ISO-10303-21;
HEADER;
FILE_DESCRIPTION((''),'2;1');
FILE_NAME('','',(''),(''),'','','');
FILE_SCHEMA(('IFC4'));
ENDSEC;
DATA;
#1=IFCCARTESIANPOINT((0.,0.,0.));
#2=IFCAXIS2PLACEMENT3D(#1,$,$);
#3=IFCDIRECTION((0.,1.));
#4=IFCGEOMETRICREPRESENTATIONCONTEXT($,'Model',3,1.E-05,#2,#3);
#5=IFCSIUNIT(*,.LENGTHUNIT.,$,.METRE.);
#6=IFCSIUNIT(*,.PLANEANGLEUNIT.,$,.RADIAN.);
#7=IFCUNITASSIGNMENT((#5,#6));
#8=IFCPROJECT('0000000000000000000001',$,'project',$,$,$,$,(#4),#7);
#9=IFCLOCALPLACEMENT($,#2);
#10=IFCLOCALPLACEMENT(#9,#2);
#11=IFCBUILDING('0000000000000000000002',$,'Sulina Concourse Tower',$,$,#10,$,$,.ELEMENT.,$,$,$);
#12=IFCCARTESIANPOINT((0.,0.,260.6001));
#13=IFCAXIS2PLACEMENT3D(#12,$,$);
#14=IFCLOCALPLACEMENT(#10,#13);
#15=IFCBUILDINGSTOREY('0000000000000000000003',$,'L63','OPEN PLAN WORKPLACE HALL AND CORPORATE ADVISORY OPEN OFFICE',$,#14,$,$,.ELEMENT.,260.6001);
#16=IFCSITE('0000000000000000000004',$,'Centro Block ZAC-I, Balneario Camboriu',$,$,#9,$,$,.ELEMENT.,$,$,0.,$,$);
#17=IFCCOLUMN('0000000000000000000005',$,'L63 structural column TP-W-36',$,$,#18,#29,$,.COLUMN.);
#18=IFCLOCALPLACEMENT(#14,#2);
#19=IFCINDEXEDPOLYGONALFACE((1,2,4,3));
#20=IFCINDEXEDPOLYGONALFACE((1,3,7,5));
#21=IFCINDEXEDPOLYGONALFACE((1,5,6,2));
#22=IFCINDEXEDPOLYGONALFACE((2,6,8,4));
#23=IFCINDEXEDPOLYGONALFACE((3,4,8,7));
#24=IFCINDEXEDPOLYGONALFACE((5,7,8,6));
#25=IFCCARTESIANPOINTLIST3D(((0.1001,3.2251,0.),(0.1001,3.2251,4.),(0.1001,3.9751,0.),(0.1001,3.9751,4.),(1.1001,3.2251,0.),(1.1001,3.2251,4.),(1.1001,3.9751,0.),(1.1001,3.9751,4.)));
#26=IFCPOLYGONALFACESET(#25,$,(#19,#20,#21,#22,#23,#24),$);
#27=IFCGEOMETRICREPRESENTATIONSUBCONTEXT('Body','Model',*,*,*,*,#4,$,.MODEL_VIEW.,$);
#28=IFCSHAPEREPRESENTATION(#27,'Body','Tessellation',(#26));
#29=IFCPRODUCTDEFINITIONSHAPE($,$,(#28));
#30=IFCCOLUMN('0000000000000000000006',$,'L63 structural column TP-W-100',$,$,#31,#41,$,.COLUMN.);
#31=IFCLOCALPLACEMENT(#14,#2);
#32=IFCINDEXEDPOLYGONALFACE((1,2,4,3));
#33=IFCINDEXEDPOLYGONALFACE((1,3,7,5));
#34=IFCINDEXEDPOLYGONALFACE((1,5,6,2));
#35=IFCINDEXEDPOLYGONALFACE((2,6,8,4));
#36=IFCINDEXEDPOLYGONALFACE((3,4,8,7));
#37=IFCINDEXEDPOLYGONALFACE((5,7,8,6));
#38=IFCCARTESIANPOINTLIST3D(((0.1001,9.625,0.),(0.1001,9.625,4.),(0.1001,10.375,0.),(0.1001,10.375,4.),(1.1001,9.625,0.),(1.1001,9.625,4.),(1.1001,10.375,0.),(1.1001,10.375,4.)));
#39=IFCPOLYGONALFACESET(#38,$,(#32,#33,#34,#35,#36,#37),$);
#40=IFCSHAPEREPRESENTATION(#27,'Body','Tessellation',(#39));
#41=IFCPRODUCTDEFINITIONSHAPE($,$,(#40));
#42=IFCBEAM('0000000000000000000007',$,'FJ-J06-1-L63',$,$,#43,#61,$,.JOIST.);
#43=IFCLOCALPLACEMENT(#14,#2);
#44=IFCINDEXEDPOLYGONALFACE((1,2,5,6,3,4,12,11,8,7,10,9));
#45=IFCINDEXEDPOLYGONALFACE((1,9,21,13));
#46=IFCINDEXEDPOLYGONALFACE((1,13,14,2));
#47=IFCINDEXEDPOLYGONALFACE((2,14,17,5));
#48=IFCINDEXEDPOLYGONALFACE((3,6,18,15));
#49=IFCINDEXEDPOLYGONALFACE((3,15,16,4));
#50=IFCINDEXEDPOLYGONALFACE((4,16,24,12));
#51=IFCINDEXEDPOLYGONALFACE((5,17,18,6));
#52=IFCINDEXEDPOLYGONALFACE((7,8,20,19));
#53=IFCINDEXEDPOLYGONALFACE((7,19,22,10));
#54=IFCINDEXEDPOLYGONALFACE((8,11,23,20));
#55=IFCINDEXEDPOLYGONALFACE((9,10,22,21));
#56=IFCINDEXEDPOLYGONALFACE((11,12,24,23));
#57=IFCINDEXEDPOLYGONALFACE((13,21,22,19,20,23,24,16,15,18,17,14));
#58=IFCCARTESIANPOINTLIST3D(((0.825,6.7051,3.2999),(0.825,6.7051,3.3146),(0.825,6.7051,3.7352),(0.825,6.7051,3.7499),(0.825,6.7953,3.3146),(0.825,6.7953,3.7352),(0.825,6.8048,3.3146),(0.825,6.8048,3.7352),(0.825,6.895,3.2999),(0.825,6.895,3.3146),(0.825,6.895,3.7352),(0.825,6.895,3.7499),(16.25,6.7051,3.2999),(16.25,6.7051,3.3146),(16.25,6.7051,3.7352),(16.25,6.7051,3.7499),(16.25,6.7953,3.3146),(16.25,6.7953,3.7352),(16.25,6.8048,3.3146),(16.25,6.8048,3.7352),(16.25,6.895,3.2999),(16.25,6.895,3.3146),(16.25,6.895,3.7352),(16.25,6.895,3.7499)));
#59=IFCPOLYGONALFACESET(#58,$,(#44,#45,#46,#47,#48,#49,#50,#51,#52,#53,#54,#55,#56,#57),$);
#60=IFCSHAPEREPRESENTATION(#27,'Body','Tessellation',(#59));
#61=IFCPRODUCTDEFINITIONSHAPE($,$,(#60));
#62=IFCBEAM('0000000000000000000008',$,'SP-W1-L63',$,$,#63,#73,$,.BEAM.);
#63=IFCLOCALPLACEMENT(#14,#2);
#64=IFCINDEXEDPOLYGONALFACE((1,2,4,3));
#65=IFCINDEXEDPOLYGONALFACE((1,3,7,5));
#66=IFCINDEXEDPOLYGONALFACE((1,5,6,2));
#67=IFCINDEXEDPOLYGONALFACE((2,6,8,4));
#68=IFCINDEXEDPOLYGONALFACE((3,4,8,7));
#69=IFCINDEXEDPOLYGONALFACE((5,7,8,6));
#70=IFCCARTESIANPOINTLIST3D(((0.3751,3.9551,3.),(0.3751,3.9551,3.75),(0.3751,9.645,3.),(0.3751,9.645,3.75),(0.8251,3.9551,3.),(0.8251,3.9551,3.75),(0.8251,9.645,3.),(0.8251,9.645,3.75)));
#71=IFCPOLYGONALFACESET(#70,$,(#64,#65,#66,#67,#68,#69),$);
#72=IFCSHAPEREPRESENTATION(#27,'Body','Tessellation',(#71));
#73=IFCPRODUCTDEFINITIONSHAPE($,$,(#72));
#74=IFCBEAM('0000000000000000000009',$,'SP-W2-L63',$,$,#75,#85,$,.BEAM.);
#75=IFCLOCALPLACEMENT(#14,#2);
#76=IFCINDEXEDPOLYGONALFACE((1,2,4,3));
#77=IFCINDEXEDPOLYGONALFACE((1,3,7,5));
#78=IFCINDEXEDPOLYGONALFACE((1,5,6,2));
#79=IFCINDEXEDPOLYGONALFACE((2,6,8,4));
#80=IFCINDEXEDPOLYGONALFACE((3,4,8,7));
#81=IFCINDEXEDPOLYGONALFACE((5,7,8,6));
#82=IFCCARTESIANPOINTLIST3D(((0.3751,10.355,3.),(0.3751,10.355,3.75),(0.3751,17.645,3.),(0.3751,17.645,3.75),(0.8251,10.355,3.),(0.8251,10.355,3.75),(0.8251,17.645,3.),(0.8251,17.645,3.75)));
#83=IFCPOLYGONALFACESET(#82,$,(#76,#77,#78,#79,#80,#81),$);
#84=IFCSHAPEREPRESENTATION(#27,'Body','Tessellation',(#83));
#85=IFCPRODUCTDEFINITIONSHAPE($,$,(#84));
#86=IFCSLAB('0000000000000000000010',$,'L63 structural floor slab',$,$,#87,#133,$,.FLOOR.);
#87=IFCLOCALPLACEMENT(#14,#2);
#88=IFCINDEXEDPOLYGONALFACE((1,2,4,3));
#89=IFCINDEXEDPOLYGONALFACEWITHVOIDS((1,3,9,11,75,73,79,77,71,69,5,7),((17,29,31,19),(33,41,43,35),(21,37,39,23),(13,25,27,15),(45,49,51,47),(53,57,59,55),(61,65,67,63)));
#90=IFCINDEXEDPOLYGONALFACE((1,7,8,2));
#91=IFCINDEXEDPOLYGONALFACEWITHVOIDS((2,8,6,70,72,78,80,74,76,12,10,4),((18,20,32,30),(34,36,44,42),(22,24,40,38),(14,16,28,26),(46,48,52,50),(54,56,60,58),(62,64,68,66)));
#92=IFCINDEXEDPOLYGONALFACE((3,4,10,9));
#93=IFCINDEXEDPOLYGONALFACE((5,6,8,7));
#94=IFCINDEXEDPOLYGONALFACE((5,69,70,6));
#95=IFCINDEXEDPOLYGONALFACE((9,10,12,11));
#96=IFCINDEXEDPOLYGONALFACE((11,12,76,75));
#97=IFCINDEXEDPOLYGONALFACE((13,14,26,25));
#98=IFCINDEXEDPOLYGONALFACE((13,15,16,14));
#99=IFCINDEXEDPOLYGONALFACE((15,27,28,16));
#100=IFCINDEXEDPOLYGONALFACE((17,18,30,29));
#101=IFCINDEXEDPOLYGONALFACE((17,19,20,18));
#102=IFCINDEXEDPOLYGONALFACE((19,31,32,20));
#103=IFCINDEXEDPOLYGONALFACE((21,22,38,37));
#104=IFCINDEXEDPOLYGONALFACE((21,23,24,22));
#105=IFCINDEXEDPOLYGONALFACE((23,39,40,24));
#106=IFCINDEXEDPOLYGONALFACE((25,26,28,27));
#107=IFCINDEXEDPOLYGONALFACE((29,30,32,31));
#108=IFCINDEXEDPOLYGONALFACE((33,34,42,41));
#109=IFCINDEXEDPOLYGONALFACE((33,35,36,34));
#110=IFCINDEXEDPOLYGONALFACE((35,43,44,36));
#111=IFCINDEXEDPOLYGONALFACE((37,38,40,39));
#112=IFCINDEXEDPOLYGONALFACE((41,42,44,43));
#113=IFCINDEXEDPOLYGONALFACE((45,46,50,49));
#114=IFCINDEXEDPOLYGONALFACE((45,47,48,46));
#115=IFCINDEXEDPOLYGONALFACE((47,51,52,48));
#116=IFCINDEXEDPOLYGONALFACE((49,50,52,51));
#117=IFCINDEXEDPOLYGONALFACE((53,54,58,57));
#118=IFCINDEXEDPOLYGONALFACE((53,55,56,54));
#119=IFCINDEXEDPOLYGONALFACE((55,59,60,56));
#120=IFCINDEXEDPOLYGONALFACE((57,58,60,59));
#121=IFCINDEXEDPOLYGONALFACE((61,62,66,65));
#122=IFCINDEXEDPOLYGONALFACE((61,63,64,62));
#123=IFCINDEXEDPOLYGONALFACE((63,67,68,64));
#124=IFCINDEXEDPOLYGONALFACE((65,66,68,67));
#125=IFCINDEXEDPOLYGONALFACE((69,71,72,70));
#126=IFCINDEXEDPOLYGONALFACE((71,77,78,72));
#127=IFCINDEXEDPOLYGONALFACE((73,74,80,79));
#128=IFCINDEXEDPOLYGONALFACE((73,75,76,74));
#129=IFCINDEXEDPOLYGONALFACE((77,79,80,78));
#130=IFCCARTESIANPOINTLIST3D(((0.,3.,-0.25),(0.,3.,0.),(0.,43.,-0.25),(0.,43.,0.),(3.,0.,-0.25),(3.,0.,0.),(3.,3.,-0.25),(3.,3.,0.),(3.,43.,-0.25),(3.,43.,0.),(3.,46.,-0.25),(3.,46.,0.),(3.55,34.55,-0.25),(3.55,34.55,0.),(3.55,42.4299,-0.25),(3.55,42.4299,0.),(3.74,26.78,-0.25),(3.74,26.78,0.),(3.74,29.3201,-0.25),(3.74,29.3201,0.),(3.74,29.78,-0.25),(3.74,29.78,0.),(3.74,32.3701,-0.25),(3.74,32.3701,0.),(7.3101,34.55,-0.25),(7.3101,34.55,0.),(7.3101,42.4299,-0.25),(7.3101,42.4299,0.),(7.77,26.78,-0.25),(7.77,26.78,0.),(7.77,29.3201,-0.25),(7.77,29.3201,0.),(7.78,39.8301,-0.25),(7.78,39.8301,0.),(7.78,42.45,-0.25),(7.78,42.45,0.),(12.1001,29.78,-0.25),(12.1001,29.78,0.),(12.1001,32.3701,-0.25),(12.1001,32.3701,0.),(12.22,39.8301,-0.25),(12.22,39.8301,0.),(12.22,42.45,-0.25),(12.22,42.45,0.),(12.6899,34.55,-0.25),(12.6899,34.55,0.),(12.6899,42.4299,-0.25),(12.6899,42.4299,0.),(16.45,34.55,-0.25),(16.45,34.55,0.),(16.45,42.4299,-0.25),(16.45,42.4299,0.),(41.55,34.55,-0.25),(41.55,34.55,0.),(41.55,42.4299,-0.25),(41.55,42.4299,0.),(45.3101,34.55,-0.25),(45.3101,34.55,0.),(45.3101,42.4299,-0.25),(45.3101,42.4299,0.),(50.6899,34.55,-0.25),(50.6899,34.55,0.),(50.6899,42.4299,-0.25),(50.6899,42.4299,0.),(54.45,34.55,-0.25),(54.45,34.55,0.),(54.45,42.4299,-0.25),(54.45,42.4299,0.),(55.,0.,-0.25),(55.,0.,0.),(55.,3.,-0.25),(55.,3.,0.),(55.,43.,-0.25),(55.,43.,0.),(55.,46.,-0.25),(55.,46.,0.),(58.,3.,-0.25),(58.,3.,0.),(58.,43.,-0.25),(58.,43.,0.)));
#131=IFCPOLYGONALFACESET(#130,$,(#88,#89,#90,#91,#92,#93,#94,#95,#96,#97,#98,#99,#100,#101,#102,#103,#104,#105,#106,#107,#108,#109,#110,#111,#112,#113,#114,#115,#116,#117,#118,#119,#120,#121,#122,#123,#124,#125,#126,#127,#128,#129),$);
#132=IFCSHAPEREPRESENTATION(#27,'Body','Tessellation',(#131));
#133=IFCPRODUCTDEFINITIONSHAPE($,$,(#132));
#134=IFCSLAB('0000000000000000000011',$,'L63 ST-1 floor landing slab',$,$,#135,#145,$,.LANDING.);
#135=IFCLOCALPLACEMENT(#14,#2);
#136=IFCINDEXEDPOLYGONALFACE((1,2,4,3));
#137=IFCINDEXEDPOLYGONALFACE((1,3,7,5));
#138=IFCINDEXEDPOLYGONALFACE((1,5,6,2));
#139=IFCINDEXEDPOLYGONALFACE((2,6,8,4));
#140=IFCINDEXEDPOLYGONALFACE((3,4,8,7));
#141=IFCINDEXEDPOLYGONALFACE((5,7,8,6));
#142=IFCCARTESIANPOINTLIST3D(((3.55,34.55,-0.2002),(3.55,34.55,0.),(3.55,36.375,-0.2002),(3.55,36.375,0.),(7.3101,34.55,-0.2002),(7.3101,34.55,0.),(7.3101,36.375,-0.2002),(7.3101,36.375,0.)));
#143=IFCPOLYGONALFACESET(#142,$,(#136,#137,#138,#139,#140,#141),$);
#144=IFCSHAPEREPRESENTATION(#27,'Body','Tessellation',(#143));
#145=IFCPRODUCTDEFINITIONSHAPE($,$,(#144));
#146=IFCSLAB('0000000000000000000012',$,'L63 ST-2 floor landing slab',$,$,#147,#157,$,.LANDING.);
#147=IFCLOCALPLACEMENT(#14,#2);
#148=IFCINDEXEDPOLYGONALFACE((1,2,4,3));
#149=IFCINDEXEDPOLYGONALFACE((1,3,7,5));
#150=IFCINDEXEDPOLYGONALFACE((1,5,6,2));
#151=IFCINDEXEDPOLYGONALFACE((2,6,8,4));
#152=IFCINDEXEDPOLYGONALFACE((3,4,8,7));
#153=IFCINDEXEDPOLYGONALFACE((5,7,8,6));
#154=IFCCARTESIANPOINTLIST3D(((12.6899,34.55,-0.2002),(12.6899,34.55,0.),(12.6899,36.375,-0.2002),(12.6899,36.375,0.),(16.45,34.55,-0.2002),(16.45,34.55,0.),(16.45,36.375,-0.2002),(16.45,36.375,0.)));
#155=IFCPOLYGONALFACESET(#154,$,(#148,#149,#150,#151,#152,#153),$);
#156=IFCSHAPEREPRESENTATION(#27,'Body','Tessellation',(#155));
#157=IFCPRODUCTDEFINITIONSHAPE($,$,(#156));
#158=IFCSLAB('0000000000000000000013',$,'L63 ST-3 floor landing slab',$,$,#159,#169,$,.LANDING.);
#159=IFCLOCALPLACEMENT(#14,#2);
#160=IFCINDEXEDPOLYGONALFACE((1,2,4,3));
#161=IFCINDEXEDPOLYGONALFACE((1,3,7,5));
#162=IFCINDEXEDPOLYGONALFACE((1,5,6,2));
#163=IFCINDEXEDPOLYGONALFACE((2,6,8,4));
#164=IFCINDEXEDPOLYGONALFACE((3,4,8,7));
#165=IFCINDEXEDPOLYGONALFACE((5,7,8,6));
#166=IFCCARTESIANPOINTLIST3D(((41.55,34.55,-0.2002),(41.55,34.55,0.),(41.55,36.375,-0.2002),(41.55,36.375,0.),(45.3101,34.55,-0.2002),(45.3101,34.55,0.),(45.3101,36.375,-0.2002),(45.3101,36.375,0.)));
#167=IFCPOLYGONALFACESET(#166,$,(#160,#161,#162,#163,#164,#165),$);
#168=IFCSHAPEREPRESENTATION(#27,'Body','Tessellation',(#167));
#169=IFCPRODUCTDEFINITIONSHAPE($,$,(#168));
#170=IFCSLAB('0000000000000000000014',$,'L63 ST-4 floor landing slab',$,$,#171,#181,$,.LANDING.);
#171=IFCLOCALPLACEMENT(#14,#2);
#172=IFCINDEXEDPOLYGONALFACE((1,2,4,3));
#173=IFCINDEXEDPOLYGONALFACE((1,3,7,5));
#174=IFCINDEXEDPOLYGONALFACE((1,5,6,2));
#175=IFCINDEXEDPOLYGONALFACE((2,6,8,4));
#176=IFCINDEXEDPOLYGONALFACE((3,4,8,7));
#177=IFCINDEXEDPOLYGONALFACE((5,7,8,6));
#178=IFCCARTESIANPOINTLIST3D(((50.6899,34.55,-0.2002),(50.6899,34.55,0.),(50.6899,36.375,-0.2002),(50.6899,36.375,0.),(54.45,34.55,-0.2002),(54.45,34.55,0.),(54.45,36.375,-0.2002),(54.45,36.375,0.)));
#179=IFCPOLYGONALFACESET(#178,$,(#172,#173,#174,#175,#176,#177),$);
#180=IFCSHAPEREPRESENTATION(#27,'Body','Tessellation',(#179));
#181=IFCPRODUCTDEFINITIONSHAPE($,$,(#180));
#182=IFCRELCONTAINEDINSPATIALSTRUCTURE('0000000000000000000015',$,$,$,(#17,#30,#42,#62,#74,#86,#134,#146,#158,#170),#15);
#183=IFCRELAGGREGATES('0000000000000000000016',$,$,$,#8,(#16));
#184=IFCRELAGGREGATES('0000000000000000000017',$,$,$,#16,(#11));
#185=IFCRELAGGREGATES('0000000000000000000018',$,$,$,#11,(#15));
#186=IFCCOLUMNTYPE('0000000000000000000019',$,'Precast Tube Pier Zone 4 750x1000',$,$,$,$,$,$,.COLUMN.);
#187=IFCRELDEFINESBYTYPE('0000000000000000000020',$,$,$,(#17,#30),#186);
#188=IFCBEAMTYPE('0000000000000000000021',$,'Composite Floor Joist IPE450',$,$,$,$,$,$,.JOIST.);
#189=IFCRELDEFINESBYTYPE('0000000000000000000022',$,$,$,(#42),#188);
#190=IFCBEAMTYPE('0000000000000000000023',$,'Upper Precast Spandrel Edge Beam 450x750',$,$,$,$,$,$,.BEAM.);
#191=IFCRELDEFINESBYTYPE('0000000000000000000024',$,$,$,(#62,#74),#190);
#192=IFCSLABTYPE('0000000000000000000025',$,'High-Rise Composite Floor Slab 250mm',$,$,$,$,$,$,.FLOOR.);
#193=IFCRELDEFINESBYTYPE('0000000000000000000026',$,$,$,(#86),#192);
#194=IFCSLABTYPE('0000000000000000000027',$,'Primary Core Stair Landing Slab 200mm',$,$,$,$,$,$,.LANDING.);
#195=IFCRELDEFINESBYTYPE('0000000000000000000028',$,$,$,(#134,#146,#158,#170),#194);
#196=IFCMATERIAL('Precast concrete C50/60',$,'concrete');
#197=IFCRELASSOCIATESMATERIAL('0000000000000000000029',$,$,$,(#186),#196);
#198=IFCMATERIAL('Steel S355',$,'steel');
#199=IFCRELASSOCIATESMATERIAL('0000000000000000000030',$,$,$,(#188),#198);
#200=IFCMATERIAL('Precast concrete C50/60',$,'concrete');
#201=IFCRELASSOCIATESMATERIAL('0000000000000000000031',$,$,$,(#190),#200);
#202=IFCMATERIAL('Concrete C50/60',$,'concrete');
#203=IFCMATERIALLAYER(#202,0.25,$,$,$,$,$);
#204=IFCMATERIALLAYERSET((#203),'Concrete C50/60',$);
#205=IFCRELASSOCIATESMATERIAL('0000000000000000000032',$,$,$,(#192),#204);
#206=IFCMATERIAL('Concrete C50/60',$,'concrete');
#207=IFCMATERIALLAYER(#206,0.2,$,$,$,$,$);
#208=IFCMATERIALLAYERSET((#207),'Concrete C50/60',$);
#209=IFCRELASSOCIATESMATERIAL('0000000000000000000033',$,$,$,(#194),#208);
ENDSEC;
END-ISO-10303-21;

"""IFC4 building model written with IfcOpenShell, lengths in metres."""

from ifc_helpers import new_model, si_unit, direction, frame, origin, origin_2d, place, context, subcontext, project, spatial, polyline, rectangle, i_section, outline, extrude, material, layer, layer_set, material_profile, profile_set, type_object, element, save


model = new_model("IFC4")

# Units and contexts
model_context = context("Model", 3, precision=1e-05, world=origin(), true_north=direction((0.0, 1.0)))
body_context = subcontext(model_context, "Body", "Model", "MODEL_VIEW")
ifc_project = project(units=[si_unit("LENGTHUNIT", "METRE"), si_unit("PLANEANGLEUNIT", "RADIAN")], contexts=[model_context])

# Site, building, storey
site_placement = place(None, origin())
site = spatial("IfcSite", under=ifc_project, at=site_placement, Name="Centro Block ZAC-I, Balneario Camboriu", CompositionType="ELEMENT", RefElevation=0.0)
building_placement = place(site_placement, origin())
building = spatial("IfcBuilding", under=site, at=building_placement, Name="Sulina Concourse Tower", CompositionType="ELEMENT")
storey_placement = place(building_placement, frame((0.0, 0.0, 260.6001)))
storey = spatial("IfcBuildingStorey", under=building, at=storey_placement, Name="L63", Description="OPEN PLAN WORKPLACE HALL AND CORPORATE ADVISORY OPEN OFFICE", CompositionType="ELEMENT", Elevation=260.6001)

# Columns
ifc_material_1 = material(Name="Precast concrete C50/60", Category="concrete")
ifc_material_profile_1 = material_profile(ifc_material_1, rectangle(XDim=0.75, YDim=1.0, at=origin_2d()), Name="PC 750x1000")
ifc_profile_set_1 = profile_set([ifc_material_profile_1], Name="Precast concrete C50/60")
column_type = type_object("IfcColumnType", Name="Precast Tube Pier Zone 4 750x1000", PredefinedType="COLUMN", material=ifc_profile_set_1)
for number, where, z_axis, x_axis, name in (
    (1, (0.6001, 3.6001, 0.0), (0.0, 0.0, 1.0), (0.0, 1.0, 0.0), "L63 structural column TP-W-36"),
    (2, (0.6001, 10.0, 0.0), (0.0, 0.0, 1.0), (0.0, 1.0, 0.0), "L63 structural column TP-W-100"),
):
    element("IfcColumn", number, at=place(storey_placement, frame(where, z_axis=z_axis, x_axis=x_axis)), inside=storey, type_object=column_type, Name=name, PredefinedType="COLUMN", context=body_context, shape_type="SweptSolid", body=[
        extrude(rectangle(XDim=0.75, YDim=1.0, at=origin_2d()), origin(), (0.0, 0.0, 1.0), 4.0),
    ])

# Beams
ifc_material_2 = material(Name="Steel S355", Category="steel")
ifc_material_profile_2 = material_profile(ifc_material_2, i_section(OverallWidth=0.1899, OverallDepth=0.45, WebThickness=0.0095, FlangeThickness=0.0146, at=origin_2d()), Name="IPE 450")
ifc_profile_set_2 = profile_set([ifc_material_profile_2], Name="Steel S355")
beam_type_1 = type_object("IfcBeamType", Name="Composite Floor Joist IPE450", PredefinedType="JOIST", material=ifc_profile_set_2)
beam_1_placement = place(storey_placement, frame((0.825, 6.8, 3.5249), z_axis=(1.0, 0.0, 0.0), x_axis=(0.0, 1.0, 0.0)))
element("IfcBeam", 3, at=beam_1_placement, inside=storey, type_object=beam_type_1, Name="FJ-J06-1-L63", PredefinedType="JOIST", context=body_context, shape_type="SweptSolid", body=[
    extrude(i_section(OverallWidth=0.1899, OverallDepth=0.45, WebThickness=0.0095, FlangeThickness=0.0146, at=origin_2d()), origin(), (0.0, 0.0, 1.0), 15.425),
])
ifc_material_3 = material(Name="Precast concrete C50/60", Category="concrete")
ifc_material_profile_3 = material_profile(ifc_material_3, rectangle(XDim=0.45, YDim=0.75, at=origin_2d()), Name="RC 450x750")
ifc_profile_set_3 = profile_set([ifc_material_profile_3], Name="Precast concrete C50/60")
beam_type_2 = type_object("IfcBeamType", Name="Upper Precast Spandrel Edge Beam 450x750", PredefinedType="BEAM", material=ifc_profile_set_3)
beam_2_placement = place(storey_placement, frame((0.6001, 3.9551, 3.375), z_axis=(0.0, 1.0, 0.0), x_axis=(-1.0, 0.0, 0.0)))
element("IfcBeam", 4, at=beam_2_placement, inside=storey, type_object=beam_type_2, Name="SP-W1-L63", PredefinedType="BEAM", context=body_context, shape_type="SweptSolid", body=[
    extrude(rectangle(XDim=0.45, YDim=0.75, at=origin_2d()), origin(), (0.0, 0.0, 1.0), 5.6899),
])
beam_3_placement = place(storey_placement, frame((0.6001, 10.355, 3.375), z_axis=(0.0, 1.0, 0.0), x_axis=(-1.0, 0.0, 0.0)))
element("IfcBeam", 5, at=beam_3_placement, inside=storey, type_object=beam_type_2, Name="SP-W2-L63", PredefinedType="BEAM", context=body_context, shape_type="SweptSolid", body=[
    extrude(rectangle(XDim=0.45, YDim=0.75, at=origin_2d()), origin(), (0.0, 0.0, 1.0), 7.29),
])

# Slabs
ifc_material_4 = material(Name="Concrete C50/60", Category="concrete")
ifc_layer_1 = layer(ifc_material_4, 0.25)
ifc_layer_set_1 = layer_set([ifc_layer_1], Name="Concrete C50/60")
slab_type_1 = type_object("IfcSlabType", Name="High-Rise Composite Floor Slab 250mm", PredefinedType="FLOOR", material=ifc_layer_set_1)
slab_1_placement = place(storey_placement, frame((0.0, 0.0, -0.25)))
element("IfcSlab", 6, at=slab_1_placement, inside=storey, type_object=slab_type_1, Name="L63 structural floor slab", PredefinedType="FLOOR", context=body_context, shape_type="SweptSolid", body=[
    extrude(outline(polyline([(3.0, 0.0), (55.0, 0.0), (55.0, 3.0), (58.0, 3.0), (58.0, 43.0), (55.0, 43.0), (55.0, 46.0), (3.0, 46.0), (3.0, 43.0), (0.0, 43.0), (0.0, 3.0), (3.0, 3.0), (3.0, 0.0)]), holes=[polyline([(7.3101, 34.55), (7.3101, 42.4299), (3.55, 42.4299), (3.55, 34.55), (7.3101, 34.55)]), polyline([(16.45, 34.55), (16.45, 42.4299), (12.6899, 42.4299), (12.6899, 34.55), (16.45, 34.55)]), polyline([(45.3101, 34.55), (45.3101, 42.4299), (41.55, 42.4299), (41.55, 34.55), (45.3101, 34.55)]), polyline([(54.45, 34.55), (54.45, 42.4299), (50.6899, 42.4299), (50.6899, 34.55), (54.45, 34.55)]), polyline([(7.78, 39.8301), (12.22, 39.8301), (12.22, 42.45), (7.78, 42.45), (7.78, 39.8301)]), polyline([(3.74, 26.78), (7.77, 26.78), (7.77, 29.3201), (3.74, 29.3201), (3.74, 26.78)]), polyline([(3.74, 29.78), (12.1001, 29.78), (12.1001, 32.3701), (3.74, 32.3701), (3.74, 29.78)])]), origin(), (0.0, 0.0, 1.0), 0.25),
])
ifc_material_5 = material(Name="Concrete C50/60", Category="concrete")
ifc_layer_2 = layer(ifc_material_5, 0.2)
ifc_layer_set_2 = layer_set([ifc_layer_2], Name="Concrete C50/60")
slab_type_2 = type_object("IfcSlabType", Name="Primary Core Stair Landing Slab 200mm", PredefinedType="LANDING", material=ifc_layer_set_2)
slab_2_placement = place(storey_placement, frame((0.0, 0.0, -0.2002)))
element("IfcSlab", 7, at=slab_2_placement, inside=storey, type_object=slab_type_2, Name="L63 ST-1 floor landing slab", PredefinedType="LANDING", context=body_context, shape_type="SweptSolid", body=[
    extrude(outline(polyline([(7.3101, 34.55), (7.3101, 36.375), (3.55, 36.375), (3.55, 34.55), (7.3101, 34.55)])), origin(), (0.0, 0.0, 1.0), 0.2002),
])
slab_3_placement = place(storey_placement, frame((0.0, 0.0, -0.2002)))
element("IfcSlab", 8, at=slab_3_placement, inside=storey, type_object=slab_type_2, Name="L63 ST-2 floor landing slab", PredefinedType="LANDING", context=body_context, shape_type="SweptSolid", body=[
    extrude(outline(polyline([(16.45, 34.55), (16.45, 36.375), (12.6899, 36.375), (12.6899, 34.55), (16.45, 34.55)])), origin(), (0.0, 0.0, 1.0), 0.2002),
])
slab_4_placement = place(storey_placement, frame((0.0, 0.0, -0.2002)))
element("IfcSlab", 9, at=slab_4_placement, inside=storey, type_object=slab_type_2, Name="L63 ST-3 floor landing slab", PredefinedType="LANDING", context=body_context, shape_type="SweptSolid", body=[
    extrude(outline(polyline([(45.3101, 34.55), (45.3101, 36.375), (41.55, 36.375), (41.55, 34.55), (45.3101, 34.55)])), origin(), (0.0, 0.0, 1.0), 0.2002),
])
slab_5_placement = place(storey_placement, frame((0.0, 0.0, -0.2002)))
element("IfcSlab", 10, at=slab_5_placement, inside=storey, type_object=slab_type_2, Name="L63 ST-4 floor landing slab", PredefinedType="LANDING", context=body_context, shape_type="SweptSolid", body=[
    extrude(outline(polyline([(54.45, 34.55), (54.45, 36.375), (50.6899, 36.375), (50.6899, 34.55), (54.45, 34.55)])), origin(), (0.0, 0.0, 1.0), 0.2002),
])

save(model, "model.ifc")
